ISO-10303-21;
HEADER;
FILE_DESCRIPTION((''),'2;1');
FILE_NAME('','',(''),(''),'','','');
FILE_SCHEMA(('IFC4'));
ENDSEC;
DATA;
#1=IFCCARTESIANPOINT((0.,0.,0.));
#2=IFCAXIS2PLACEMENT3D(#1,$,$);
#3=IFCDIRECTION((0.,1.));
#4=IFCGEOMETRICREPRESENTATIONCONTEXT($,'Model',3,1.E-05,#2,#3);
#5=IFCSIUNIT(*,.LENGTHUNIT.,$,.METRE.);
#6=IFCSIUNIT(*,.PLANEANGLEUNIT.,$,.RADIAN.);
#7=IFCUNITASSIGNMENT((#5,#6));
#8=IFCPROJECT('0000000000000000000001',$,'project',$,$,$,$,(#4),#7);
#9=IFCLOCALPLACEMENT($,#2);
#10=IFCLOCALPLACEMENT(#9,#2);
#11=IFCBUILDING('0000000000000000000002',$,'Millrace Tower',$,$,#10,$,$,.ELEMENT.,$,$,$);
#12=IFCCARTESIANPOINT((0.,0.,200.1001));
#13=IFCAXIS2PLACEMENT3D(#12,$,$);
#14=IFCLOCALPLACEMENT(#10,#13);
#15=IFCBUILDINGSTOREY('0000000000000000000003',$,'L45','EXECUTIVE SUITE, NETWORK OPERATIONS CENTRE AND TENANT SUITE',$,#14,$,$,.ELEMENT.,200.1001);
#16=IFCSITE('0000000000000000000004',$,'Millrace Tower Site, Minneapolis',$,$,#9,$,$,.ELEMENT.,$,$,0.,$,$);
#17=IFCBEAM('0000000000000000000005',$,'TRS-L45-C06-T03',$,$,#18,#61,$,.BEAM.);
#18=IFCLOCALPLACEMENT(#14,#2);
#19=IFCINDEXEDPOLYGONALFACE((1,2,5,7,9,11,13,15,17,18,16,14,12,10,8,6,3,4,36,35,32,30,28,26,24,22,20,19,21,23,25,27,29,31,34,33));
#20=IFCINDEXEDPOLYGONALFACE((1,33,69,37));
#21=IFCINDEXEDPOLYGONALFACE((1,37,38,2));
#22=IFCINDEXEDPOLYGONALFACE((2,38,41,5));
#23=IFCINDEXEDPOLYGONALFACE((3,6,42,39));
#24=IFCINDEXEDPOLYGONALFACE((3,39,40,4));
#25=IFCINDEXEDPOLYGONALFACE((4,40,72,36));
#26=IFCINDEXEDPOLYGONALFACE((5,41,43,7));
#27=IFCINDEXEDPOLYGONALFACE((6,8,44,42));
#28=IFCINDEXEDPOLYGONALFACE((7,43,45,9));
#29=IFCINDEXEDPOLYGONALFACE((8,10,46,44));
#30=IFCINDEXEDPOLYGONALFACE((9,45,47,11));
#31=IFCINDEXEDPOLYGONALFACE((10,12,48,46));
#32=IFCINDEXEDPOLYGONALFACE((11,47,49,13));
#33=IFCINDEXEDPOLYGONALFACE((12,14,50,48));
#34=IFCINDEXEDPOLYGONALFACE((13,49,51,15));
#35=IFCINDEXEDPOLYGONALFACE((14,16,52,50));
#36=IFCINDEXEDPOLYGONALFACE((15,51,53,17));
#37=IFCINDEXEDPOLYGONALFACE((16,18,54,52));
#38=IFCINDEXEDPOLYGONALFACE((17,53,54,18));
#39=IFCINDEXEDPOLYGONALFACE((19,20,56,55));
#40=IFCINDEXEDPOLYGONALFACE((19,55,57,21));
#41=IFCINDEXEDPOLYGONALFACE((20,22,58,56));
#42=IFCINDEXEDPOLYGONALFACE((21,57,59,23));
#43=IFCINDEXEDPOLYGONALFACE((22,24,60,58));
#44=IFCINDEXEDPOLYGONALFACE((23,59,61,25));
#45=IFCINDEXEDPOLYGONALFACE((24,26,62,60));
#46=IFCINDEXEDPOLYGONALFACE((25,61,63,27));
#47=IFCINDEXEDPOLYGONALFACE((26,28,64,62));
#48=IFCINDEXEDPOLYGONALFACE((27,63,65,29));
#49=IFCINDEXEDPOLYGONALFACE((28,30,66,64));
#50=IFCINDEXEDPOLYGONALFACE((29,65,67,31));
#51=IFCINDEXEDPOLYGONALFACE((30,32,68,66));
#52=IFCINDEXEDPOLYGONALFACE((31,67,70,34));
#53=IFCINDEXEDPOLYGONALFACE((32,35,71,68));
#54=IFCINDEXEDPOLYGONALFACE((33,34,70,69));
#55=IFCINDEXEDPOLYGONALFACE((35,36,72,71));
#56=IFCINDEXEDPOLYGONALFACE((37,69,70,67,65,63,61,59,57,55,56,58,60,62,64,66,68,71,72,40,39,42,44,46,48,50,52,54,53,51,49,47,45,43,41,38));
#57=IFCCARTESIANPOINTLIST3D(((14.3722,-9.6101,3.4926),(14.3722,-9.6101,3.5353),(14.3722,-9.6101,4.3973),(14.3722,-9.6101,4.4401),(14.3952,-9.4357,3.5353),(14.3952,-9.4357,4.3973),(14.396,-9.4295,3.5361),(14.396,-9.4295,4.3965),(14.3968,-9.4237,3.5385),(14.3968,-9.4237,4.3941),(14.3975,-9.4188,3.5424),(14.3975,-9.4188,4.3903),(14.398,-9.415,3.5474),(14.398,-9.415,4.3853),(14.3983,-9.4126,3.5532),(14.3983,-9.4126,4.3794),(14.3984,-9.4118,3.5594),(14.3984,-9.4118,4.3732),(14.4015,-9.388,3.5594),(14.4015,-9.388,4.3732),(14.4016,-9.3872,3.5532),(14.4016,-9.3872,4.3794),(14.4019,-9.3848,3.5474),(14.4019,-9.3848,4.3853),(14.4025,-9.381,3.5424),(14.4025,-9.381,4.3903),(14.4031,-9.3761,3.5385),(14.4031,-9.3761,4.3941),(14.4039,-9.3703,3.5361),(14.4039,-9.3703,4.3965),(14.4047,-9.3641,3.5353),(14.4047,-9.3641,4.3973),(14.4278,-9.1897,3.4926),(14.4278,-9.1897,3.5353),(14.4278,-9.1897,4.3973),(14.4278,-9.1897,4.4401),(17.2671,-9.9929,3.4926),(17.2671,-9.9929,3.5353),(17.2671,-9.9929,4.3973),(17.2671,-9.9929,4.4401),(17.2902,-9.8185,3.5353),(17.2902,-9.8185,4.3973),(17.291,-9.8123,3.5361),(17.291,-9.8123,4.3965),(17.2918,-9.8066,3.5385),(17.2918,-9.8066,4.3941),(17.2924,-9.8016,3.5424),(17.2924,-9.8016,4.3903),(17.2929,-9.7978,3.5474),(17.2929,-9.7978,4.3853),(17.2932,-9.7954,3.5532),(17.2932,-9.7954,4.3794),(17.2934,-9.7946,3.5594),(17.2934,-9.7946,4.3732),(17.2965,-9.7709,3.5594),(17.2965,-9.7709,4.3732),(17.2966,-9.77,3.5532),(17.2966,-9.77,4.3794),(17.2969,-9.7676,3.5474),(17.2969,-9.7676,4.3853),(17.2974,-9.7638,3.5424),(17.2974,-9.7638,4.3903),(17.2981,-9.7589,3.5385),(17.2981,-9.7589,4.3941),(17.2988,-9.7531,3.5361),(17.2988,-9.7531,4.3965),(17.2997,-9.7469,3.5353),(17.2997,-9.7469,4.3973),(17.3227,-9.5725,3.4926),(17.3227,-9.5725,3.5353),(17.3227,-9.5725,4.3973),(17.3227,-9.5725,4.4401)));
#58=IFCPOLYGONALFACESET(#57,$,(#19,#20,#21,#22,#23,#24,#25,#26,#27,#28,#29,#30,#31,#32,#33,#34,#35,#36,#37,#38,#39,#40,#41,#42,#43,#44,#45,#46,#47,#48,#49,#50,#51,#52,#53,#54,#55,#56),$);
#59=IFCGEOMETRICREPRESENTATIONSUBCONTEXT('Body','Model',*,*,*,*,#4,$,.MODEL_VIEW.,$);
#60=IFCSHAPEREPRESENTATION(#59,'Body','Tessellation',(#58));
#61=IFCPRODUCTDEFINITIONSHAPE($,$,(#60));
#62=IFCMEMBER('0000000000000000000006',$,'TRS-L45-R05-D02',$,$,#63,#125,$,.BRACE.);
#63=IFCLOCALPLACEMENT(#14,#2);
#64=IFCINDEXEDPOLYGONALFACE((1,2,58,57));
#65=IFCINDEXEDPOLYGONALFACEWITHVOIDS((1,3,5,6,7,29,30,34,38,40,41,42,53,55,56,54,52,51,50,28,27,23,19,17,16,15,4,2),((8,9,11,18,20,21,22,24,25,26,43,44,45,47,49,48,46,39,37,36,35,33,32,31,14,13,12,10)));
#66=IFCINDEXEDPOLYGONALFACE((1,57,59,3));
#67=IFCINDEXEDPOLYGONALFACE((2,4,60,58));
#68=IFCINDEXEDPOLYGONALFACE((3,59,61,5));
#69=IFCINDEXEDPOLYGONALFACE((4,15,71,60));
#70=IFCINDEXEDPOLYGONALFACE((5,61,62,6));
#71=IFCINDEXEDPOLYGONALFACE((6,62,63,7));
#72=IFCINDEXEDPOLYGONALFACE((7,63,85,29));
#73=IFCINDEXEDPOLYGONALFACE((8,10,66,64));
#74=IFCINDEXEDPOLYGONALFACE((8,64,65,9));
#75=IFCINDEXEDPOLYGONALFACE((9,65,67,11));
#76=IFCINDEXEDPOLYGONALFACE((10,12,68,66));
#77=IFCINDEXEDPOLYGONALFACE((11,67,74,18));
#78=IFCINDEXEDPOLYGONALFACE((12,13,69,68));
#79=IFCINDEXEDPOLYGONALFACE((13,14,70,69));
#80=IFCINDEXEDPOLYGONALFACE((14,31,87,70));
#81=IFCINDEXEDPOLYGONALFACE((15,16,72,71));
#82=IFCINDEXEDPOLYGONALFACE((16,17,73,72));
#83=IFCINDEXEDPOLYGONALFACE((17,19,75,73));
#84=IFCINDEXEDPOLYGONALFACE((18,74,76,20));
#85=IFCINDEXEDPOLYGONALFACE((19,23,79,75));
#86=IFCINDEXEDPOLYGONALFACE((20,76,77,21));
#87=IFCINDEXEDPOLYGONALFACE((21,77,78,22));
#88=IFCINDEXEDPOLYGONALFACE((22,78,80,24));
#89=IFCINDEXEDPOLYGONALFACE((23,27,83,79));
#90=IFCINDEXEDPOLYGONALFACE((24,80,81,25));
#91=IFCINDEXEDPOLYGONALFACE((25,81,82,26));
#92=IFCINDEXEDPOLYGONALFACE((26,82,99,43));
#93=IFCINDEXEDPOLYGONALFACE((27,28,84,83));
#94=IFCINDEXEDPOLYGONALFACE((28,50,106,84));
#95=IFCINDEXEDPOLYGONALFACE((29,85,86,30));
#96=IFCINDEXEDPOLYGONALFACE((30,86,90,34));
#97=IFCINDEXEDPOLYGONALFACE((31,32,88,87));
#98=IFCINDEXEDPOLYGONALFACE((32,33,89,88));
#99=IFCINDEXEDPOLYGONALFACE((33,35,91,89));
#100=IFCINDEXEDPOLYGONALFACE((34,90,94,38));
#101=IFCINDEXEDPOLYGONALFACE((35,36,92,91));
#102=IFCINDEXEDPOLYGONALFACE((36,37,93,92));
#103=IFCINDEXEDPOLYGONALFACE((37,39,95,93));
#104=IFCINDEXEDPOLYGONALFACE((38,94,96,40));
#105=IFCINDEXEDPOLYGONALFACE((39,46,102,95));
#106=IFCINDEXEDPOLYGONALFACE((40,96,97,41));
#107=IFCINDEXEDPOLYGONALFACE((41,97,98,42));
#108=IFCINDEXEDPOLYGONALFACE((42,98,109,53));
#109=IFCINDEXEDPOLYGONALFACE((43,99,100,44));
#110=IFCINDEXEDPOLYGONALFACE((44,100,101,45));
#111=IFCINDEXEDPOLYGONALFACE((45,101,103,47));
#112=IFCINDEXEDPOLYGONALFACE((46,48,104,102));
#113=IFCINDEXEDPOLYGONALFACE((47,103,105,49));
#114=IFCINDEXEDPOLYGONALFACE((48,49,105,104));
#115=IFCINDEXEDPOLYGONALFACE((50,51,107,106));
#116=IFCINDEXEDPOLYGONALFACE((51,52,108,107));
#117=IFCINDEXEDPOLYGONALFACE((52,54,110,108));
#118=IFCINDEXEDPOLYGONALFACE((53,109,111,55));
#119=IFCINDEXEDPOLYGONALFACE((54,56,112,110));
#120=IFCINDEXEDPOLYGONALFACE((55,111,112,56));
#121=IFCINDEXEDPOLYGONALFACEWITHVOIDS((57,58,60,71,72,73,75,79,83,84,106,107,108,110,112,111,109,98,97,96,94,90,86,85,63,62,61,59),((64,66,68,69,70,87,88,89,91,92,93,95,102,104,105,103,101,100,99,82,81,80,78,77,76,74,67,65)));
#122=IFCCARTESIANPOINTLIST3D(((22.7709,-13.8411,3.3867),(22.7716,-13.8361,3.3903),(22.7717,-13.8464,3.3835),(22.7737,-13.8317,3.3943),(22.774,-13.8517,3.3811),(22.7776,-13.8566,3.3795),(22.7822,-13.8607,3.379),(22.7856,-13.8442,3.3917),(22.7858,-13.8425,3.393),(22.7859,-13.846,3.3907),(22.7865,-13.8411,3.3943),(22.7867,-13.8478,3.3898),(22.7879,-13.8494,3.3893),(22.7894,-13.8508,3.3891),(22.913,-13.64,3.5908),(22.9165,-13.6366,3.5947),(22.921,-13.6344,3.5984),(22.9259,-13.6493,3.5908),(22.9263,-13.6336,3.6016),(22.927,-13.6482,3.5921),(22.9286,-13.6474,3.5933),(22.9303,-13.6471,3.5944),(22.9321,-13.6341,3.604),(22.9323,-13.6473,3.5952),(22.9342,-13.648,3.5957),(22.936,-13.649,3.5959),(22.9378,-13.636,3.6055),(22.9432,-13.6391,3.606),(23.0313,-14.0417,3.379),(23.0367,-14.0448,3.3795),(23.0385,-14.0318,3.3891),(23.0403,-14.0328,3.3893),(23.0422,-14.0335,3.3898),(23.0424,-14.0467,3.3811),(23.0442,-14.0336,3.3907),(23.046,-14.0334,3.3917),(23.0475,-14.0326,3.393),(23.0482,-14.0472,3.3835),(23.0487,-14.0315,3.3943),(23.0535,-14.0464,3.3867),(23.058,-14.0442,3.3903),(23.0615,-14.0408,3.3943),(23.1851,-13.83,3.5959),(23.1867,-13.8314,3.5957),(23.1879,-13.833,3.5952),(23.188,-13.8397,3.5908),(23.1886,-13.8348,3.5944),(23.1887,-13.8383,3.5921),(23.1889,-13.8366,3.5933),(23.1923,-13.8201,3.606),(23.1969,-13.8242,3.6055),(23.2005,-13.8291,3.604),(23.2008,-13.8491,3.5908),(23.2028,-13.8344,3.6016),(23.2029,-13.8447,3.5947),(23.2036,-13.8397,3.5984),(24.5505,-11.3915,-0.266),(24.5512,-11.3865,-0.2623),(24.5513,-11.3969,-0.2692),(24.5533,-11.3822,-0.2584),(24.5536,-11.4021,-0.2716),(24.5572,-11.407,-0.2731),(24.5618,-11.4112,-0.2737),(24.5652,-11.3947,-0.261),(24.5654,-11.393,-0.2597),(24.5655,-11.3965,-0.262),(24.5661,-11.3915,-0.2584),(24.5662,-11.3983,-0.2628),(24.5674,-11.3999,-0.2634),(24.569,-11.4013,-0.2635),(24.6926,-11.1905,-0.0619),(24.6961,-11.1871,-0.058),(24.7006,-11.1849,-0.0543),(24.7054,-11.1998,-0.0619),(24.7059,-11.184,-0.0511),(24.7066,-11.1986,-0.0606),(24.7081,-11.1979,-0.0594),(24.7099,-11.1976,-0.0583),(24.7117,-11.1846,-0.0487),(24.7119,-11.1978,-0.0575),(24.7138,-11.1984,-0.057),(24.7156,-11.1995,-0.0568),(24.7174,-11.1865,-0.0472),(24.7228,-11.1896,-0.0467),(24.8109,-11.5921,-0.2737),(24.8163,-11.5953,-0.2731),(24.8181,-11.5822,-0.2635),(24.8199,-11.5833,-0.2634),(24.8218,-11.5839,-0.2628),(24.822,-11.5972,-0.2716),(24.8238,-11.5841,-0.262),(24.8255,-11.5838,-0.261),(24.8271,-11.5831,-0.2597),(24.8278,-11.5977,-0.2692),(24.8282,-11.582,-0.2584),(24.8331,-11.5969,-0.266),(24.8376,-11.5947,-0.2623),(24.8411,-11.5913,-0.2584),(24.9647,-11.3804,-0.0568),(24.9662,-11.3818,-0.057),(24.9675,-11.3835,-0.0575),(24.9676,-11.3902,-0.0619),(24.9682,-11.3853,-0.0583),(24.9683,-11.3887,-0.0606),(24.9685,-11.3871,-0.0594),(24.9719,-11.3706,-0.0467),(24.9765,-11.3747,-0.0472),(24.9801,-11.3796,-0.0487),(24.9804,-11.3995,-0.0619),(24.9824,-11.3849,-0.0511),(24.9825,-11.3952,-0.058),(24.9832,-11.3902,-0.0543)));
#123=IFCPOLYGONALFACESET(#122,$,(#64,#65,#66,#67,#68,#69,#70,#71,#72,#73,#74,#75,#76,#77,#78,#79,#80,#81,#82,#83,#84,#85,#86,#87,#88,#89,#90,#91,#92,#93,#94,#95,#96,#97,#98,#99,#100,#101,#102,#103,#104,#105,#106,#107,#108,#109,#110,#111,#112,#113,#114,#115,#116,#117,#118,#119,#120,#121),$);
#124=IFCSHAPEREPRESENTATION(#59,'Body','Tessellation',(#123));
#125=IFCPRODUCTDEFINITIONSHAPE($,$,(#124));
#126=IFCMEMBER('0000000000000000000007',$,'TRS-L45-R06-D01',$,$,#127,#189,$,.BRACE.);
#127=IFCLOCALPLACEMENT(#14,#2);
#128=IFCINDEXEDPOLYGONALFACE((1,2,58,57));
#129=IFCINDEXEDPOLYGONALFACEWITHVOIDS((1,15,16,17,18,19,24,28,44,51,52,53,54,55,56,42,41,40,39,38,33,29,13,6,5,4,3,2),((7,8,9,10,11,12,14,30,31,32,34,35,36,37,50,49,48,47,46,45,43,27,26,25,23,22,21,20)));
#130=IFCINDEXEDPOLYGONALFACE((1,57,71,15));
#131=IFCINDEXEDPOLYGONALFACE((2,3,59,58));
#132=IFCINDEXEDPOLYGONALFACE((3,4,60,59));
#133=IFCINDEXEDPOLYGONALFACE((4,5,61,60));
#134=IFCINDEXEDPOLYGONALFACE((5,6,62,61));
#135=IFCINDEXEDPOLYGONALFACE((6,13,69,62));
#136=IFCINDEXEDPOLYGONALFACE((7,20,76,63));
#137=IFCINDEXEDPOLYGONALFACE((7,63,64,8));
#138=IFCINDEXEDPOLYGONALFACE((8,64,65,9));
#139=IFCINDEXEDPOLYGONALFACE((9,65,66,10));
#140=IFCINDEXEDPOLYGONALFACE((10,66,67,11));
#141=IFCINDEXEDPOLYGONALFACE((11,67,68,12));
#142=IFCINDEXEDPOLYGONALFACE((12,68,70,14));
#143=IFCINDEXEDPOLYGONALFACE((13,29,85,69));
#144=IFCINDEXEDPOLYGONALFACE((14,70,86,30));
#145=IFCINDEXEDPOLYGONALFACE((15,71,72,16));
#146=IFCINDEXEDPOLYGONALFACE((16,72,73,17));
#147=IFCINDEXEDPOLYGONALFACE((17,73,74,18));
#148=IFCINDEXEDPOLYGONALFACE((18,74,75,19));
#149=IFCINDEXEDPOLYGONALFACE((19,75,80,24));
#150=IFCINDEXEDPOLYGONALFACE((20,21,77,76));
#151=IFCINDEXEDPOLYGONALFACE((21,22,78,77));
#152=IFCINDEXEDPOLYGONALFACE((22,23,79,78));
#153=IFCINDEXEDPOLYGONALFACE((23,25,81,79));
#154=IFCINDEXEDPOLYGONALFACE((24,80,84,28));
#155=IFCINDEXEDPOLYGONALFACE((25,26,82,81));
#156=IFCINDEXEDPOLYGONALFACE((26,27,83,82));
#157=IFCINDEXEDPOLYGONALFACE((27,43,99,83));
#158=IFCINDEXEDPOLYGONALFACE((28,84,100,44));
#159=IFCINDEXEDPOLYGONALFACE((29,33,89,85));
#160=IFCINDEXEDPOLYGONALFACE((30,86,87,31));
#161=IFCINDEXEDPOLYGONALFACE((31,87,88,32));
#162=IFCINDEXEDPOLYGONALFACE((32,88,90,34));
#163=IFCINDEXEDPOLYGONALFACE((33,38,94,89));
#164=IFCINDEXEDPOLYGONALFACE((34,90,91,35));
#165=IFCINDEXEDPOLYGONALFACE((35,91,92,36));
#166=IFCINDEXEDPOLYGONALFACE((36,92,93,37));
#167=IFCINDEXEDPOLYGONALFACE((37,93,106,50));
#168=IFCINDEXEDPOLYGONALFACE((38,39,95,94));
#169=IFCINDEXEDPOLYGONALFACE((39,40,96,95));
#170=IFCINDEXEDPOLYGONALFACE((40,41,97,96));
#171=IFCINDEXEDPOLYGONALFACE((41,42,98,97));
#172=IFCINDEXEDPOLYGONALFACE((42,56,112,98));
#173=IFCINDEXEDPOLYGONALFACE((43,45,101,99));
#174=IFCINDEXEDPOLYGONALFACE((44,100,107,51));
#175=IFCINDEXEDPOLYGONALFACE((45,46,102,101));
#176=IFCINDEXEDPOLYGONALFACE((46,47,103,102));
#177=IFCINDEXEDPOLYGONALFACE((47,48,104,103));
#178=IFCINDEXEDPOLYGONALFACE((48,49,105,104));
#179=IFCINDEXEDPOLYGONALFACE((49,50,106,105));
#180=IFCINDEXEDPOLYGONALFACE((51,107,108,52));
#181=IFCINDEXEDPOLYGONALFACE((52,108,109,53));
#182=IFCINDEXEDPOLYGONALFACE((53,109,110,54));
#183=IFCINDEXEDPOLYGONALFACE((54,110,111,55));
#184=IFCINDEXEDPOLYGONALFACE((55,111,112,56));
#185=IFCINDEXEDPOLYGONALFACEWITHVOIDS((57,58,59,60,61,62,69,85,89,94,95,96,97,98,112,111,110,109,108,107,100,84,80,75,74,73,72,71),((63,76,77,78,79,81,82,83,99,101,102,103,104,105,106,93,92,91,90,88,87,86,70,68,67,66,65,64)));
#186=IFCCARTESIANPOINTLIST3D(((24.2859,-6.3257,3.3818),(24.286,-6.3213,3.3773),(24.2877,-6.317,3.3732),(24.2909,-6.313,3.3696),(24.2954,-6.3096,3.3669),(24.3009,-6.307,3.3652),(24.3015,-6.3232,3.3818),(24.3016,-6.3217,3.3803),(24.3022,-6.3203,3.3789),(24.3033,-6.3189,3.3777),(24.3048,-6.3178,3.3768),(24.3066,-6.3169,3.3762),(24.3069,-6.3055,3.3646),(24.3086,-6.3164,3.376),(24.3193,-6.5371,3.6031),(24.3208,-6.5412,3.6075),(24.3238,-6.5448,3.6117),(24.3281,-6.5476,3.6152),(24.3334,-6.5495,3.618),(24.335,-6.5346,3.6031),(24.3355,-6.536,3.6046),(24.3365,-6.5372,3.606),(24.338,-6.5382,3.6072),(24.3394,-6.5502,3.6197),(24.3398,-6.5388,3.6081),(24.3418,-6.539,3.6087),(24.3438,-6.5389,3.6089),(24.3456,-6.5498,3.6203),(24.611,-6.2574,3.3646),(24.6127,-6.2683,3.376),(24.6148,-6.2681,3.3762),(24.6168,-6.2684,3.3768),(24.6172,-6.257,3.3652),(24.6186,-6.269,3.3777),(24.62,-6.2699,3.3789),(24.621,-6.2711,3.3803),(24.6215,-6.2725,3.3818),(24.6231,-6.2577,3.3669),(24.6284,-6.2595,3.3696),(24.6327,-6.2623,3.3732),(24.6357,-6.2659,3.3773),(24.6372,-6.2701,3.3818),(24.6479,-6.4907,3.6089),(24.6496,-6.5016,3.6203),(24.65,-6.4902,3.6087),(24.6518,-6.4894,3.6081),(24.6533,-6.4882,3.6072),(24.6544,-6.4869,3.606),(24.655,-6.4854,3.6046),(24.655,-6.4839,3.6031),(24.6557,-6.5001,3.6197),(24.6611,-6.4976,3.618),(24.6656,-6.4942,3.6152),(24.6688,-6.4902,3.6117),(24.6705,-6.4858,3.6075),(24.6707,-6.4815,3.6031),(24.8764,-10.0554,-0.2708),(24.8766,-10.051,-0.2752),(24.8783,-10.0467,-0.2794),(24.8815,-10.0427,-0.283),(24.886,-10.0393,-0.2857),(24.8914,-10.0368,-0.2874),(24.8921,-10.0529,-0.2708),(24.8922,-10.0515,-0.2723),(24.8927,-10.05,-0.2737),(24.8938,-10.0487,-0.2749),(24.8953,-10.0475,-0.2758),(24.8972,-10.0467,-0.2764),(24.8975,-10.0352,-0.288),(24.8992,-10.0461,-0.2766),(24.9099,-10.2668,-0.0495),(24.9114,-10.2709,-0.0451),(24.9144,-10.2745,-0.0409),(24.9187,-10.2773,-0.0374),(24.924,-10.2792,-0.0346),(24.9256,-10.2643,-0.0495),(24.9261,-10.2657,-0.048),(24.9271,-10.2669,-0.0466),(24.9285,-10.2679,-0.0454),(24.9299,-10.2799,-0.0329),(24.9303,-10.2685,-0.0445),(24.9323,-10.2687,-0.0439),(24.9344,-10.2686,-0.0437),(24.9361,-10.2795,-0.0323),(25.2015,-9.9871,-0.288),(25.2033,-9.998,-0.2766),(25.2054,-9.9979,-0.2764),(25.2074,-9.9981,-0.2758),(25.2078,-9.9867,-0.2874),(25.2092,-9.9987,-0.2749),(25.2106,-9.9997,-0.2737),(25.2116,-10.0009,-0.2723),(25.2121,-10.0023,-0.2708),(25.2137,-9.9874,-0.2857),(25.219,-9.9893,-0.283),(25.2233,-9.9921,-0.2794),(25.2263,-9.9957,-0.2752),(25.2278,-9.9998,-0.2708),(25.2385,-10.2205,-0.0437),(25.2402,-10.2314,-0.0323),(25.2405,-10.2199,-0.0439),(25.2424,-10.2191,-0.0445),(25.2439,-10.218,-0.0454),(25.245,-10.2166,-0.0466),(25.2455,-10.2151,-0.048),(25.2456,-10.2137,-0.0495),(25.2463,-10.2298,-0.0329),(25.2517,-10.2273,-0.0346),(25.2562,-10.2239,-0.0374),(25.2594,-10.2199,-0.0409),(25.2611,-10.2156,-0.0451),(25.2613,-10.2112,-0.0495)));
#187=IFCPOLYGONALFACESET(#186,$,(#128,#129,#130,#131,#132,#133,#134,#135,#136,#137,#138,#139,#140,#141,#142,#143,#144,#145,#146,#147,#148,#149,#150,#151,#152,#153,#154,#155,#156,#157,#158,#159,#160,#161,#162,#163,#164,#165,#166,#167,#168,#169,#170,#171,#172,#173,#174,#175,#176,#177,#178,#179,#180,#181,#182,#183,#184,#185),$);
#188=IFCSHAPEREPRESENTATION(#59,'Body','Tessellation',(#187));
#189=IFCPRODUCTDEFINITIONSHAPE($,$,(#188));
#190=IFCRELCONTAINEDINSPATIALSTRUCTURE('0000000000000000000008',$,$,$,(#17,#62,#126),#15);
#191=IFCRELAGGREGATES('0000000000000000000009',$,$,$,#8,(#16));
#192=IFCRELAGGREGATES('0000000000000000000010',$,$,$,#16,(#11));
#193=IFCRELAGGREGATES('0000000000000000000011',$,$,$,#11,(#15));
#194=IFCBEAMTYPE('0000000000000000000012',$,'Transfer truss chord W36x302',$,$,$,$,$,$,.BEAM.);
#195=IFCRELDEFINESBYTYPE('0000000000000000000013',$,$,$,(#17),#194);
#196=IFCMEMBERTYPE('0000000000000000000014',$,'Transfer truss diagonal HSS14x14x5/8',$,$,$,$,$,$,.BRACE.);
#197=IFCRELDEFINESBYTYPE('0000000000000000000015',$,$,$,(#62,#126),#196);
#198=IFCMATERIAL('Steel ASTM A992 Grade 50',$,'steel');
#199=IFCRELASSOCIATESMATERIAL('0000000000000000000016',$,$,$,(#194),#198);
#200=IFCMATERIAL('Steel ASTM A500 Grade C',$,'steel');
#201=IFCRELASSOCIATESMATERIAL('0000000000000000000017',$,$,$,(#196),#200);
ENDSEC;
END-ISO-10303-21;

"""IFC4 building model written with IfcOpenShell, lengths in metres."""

from ifc_helpers import new_model, si_unit, direction, frame, origin, origin_2d, place, context, subcontext, project, spatial, hollow_rectangle, i_section, extrude, material, material_profile, profile_set, type_object, element, save


model = new_model("IFC4")

# Units and contexts
model_context = context("Model", 3, precision=1e-05, world=origin(), true_north=direction((0.0, 1.0)))
body_context = subcontext(model_context, "Body", "Model", "MODEL_VIEW")
ifc_project = project(units=[si_unit("LENGTHUNIT", "METRE"), si_unit("PLANEANGLEUNIT", "RADIAN")], contexts=[model_context])

# Site, building, storey
site_placement = place(None, origin())
site = spatial("IfcSite", under=ifc_project, at=site_placement, Name="Millrace Tower Site, Minneapolis", CompositionType="ELEMENT", RefElevation=0.0)
building_placement = place(site_placement, origin())
building = spatial("IfcBuilding", under=site, at=building_placement, Name="Millrace Tower", CompositionType="ELEMENT")
storey_placement = place(building_placement, frame((0.0, 0.0, 200.1001)))
storey = spatial("IfcBuildingStorey", under=building, at=storey_placement, Name="L45", Description="EXECUTIVE SUITE, NETWORK OPERATIONS CENTRE AND TENANT SUITE", CompositionType="ELEMENT", Elevation=200.1001)

# Beam
ifc_material_1 = material(Name="Steel ASTM A992 Grade 50", Category="steel")
ifc_material_profile_1 = material_profile(ifc_material_1, i_section(OverallWidth=0.4241, OverallDepth=0.9475, WebThickness=0.0239, FlangeThickness=0.0427, FilletRadius=0.0242, at=origin_2d()))
ifc_profile_set_1 = profile_set([ifc_material_profile_1], Name="Steel ASTM A992 Grade 50")
beam_type_1 = type_object("IfcBeamType", Name="Transfer truss chord W36x302", PredefinedType="BEAM", material=ifc_profile_set_1)
for number, where, z_axis, x_axis, name in (
    (1, (17.2949, -9.7827, 3.9663), (-0.99137, 0.13109, 0.0), (-0.13109, -0.99137, 0.0), "TRS-L45-C06-T03"),
):
    element("IfcBeam", number, at=place(storey_placement, frame(where, z_axis=z_axis, x_axis=x_axis)), inside=storey, type_object=beam_type_1, Name=name, PredefinedType="BEAM", context=body_context, shape_type="SweptSolid", body=[
        extrude(i_section(OverallWidth=0.4241, OverallDepth=0.9475, WebThickness=0.0239, FlangeThickness=0.0427, FilletRadius=0.0242, at=origin_2d()), origin(), (0.0, 0.0, 1.0), 2.9202),
    ])

# Members
ifc_material_2 = material(Name="Steel ASTM A500 Grade C", Category="steel")
ifc_material_profile_2 = material_profile(ifc_material_2, hollow_rectangle(XDim=0.3557, YDim=0.3557, WallThickness=0.0159, InnerFilletRadius=0.0081, OuterFilletRadius=0.0239, at=origin_2d()))
ifc_profile_set_2 = profile_set([ifc_material_profile_2], Name="Steel ASTM A500 Grade C")
member_type_1 = type_object("IfcMemberType", Name="Transfer truss diagonal HSS14x14x5/8", PredefinedType="BRACE", material=ifc_profile_set_2)
member_1_placement = place(storey_placement, frame((24.7668, -11.3909, -0.1602), z_axis=(-0.375093, -0.5163, 0.769896), x_axis=(0.809032, -0.587764, 0.0)))
element("IfcMember", 2, at=member_1_placement, inside=storey, type_object=member_type_1, Name="TRS-L45-R05-D02", PredefinedType="BRACE", context=body_context, shape_type="SweptSolid", body=[
    extrude(hollow_rectangle(XDim=0.3557, YDim=0.3557, WallThickness=0.0159, InnerFilletRadius=0.0081, OuterFilletRadius=0.0239, at=origin_2d()), origin(), (0.0, 0.0, 1.0), 4.7444),
])
member_2_placement = place(storey_placement, frame((25.0688, -10.1333, -0.1602), z_axis=(-0.112412, 0.709929, 0.695244), x_axis=(-0.987695, -0.156394, 0.0)))
element("IfcMember", 3, at=member_2_placement, inside=storey, type_object=member_type_1, Name="TRS-L45-R06-D01", PredefinedType="BRACE", context=body_context, shape_type="SweptSolid", body=[
    extrude(hollow_rectangle(XDim=0.3557, YDim=0.3557, WallThickness=0.0159, InnerFilletRadius=0.0081, OuterFilletRadius=0.0239, at=origin_2d()), origin(), (0.0, 0.0, 1.0), 5.2537),
])

save(model, "model.ifc")
